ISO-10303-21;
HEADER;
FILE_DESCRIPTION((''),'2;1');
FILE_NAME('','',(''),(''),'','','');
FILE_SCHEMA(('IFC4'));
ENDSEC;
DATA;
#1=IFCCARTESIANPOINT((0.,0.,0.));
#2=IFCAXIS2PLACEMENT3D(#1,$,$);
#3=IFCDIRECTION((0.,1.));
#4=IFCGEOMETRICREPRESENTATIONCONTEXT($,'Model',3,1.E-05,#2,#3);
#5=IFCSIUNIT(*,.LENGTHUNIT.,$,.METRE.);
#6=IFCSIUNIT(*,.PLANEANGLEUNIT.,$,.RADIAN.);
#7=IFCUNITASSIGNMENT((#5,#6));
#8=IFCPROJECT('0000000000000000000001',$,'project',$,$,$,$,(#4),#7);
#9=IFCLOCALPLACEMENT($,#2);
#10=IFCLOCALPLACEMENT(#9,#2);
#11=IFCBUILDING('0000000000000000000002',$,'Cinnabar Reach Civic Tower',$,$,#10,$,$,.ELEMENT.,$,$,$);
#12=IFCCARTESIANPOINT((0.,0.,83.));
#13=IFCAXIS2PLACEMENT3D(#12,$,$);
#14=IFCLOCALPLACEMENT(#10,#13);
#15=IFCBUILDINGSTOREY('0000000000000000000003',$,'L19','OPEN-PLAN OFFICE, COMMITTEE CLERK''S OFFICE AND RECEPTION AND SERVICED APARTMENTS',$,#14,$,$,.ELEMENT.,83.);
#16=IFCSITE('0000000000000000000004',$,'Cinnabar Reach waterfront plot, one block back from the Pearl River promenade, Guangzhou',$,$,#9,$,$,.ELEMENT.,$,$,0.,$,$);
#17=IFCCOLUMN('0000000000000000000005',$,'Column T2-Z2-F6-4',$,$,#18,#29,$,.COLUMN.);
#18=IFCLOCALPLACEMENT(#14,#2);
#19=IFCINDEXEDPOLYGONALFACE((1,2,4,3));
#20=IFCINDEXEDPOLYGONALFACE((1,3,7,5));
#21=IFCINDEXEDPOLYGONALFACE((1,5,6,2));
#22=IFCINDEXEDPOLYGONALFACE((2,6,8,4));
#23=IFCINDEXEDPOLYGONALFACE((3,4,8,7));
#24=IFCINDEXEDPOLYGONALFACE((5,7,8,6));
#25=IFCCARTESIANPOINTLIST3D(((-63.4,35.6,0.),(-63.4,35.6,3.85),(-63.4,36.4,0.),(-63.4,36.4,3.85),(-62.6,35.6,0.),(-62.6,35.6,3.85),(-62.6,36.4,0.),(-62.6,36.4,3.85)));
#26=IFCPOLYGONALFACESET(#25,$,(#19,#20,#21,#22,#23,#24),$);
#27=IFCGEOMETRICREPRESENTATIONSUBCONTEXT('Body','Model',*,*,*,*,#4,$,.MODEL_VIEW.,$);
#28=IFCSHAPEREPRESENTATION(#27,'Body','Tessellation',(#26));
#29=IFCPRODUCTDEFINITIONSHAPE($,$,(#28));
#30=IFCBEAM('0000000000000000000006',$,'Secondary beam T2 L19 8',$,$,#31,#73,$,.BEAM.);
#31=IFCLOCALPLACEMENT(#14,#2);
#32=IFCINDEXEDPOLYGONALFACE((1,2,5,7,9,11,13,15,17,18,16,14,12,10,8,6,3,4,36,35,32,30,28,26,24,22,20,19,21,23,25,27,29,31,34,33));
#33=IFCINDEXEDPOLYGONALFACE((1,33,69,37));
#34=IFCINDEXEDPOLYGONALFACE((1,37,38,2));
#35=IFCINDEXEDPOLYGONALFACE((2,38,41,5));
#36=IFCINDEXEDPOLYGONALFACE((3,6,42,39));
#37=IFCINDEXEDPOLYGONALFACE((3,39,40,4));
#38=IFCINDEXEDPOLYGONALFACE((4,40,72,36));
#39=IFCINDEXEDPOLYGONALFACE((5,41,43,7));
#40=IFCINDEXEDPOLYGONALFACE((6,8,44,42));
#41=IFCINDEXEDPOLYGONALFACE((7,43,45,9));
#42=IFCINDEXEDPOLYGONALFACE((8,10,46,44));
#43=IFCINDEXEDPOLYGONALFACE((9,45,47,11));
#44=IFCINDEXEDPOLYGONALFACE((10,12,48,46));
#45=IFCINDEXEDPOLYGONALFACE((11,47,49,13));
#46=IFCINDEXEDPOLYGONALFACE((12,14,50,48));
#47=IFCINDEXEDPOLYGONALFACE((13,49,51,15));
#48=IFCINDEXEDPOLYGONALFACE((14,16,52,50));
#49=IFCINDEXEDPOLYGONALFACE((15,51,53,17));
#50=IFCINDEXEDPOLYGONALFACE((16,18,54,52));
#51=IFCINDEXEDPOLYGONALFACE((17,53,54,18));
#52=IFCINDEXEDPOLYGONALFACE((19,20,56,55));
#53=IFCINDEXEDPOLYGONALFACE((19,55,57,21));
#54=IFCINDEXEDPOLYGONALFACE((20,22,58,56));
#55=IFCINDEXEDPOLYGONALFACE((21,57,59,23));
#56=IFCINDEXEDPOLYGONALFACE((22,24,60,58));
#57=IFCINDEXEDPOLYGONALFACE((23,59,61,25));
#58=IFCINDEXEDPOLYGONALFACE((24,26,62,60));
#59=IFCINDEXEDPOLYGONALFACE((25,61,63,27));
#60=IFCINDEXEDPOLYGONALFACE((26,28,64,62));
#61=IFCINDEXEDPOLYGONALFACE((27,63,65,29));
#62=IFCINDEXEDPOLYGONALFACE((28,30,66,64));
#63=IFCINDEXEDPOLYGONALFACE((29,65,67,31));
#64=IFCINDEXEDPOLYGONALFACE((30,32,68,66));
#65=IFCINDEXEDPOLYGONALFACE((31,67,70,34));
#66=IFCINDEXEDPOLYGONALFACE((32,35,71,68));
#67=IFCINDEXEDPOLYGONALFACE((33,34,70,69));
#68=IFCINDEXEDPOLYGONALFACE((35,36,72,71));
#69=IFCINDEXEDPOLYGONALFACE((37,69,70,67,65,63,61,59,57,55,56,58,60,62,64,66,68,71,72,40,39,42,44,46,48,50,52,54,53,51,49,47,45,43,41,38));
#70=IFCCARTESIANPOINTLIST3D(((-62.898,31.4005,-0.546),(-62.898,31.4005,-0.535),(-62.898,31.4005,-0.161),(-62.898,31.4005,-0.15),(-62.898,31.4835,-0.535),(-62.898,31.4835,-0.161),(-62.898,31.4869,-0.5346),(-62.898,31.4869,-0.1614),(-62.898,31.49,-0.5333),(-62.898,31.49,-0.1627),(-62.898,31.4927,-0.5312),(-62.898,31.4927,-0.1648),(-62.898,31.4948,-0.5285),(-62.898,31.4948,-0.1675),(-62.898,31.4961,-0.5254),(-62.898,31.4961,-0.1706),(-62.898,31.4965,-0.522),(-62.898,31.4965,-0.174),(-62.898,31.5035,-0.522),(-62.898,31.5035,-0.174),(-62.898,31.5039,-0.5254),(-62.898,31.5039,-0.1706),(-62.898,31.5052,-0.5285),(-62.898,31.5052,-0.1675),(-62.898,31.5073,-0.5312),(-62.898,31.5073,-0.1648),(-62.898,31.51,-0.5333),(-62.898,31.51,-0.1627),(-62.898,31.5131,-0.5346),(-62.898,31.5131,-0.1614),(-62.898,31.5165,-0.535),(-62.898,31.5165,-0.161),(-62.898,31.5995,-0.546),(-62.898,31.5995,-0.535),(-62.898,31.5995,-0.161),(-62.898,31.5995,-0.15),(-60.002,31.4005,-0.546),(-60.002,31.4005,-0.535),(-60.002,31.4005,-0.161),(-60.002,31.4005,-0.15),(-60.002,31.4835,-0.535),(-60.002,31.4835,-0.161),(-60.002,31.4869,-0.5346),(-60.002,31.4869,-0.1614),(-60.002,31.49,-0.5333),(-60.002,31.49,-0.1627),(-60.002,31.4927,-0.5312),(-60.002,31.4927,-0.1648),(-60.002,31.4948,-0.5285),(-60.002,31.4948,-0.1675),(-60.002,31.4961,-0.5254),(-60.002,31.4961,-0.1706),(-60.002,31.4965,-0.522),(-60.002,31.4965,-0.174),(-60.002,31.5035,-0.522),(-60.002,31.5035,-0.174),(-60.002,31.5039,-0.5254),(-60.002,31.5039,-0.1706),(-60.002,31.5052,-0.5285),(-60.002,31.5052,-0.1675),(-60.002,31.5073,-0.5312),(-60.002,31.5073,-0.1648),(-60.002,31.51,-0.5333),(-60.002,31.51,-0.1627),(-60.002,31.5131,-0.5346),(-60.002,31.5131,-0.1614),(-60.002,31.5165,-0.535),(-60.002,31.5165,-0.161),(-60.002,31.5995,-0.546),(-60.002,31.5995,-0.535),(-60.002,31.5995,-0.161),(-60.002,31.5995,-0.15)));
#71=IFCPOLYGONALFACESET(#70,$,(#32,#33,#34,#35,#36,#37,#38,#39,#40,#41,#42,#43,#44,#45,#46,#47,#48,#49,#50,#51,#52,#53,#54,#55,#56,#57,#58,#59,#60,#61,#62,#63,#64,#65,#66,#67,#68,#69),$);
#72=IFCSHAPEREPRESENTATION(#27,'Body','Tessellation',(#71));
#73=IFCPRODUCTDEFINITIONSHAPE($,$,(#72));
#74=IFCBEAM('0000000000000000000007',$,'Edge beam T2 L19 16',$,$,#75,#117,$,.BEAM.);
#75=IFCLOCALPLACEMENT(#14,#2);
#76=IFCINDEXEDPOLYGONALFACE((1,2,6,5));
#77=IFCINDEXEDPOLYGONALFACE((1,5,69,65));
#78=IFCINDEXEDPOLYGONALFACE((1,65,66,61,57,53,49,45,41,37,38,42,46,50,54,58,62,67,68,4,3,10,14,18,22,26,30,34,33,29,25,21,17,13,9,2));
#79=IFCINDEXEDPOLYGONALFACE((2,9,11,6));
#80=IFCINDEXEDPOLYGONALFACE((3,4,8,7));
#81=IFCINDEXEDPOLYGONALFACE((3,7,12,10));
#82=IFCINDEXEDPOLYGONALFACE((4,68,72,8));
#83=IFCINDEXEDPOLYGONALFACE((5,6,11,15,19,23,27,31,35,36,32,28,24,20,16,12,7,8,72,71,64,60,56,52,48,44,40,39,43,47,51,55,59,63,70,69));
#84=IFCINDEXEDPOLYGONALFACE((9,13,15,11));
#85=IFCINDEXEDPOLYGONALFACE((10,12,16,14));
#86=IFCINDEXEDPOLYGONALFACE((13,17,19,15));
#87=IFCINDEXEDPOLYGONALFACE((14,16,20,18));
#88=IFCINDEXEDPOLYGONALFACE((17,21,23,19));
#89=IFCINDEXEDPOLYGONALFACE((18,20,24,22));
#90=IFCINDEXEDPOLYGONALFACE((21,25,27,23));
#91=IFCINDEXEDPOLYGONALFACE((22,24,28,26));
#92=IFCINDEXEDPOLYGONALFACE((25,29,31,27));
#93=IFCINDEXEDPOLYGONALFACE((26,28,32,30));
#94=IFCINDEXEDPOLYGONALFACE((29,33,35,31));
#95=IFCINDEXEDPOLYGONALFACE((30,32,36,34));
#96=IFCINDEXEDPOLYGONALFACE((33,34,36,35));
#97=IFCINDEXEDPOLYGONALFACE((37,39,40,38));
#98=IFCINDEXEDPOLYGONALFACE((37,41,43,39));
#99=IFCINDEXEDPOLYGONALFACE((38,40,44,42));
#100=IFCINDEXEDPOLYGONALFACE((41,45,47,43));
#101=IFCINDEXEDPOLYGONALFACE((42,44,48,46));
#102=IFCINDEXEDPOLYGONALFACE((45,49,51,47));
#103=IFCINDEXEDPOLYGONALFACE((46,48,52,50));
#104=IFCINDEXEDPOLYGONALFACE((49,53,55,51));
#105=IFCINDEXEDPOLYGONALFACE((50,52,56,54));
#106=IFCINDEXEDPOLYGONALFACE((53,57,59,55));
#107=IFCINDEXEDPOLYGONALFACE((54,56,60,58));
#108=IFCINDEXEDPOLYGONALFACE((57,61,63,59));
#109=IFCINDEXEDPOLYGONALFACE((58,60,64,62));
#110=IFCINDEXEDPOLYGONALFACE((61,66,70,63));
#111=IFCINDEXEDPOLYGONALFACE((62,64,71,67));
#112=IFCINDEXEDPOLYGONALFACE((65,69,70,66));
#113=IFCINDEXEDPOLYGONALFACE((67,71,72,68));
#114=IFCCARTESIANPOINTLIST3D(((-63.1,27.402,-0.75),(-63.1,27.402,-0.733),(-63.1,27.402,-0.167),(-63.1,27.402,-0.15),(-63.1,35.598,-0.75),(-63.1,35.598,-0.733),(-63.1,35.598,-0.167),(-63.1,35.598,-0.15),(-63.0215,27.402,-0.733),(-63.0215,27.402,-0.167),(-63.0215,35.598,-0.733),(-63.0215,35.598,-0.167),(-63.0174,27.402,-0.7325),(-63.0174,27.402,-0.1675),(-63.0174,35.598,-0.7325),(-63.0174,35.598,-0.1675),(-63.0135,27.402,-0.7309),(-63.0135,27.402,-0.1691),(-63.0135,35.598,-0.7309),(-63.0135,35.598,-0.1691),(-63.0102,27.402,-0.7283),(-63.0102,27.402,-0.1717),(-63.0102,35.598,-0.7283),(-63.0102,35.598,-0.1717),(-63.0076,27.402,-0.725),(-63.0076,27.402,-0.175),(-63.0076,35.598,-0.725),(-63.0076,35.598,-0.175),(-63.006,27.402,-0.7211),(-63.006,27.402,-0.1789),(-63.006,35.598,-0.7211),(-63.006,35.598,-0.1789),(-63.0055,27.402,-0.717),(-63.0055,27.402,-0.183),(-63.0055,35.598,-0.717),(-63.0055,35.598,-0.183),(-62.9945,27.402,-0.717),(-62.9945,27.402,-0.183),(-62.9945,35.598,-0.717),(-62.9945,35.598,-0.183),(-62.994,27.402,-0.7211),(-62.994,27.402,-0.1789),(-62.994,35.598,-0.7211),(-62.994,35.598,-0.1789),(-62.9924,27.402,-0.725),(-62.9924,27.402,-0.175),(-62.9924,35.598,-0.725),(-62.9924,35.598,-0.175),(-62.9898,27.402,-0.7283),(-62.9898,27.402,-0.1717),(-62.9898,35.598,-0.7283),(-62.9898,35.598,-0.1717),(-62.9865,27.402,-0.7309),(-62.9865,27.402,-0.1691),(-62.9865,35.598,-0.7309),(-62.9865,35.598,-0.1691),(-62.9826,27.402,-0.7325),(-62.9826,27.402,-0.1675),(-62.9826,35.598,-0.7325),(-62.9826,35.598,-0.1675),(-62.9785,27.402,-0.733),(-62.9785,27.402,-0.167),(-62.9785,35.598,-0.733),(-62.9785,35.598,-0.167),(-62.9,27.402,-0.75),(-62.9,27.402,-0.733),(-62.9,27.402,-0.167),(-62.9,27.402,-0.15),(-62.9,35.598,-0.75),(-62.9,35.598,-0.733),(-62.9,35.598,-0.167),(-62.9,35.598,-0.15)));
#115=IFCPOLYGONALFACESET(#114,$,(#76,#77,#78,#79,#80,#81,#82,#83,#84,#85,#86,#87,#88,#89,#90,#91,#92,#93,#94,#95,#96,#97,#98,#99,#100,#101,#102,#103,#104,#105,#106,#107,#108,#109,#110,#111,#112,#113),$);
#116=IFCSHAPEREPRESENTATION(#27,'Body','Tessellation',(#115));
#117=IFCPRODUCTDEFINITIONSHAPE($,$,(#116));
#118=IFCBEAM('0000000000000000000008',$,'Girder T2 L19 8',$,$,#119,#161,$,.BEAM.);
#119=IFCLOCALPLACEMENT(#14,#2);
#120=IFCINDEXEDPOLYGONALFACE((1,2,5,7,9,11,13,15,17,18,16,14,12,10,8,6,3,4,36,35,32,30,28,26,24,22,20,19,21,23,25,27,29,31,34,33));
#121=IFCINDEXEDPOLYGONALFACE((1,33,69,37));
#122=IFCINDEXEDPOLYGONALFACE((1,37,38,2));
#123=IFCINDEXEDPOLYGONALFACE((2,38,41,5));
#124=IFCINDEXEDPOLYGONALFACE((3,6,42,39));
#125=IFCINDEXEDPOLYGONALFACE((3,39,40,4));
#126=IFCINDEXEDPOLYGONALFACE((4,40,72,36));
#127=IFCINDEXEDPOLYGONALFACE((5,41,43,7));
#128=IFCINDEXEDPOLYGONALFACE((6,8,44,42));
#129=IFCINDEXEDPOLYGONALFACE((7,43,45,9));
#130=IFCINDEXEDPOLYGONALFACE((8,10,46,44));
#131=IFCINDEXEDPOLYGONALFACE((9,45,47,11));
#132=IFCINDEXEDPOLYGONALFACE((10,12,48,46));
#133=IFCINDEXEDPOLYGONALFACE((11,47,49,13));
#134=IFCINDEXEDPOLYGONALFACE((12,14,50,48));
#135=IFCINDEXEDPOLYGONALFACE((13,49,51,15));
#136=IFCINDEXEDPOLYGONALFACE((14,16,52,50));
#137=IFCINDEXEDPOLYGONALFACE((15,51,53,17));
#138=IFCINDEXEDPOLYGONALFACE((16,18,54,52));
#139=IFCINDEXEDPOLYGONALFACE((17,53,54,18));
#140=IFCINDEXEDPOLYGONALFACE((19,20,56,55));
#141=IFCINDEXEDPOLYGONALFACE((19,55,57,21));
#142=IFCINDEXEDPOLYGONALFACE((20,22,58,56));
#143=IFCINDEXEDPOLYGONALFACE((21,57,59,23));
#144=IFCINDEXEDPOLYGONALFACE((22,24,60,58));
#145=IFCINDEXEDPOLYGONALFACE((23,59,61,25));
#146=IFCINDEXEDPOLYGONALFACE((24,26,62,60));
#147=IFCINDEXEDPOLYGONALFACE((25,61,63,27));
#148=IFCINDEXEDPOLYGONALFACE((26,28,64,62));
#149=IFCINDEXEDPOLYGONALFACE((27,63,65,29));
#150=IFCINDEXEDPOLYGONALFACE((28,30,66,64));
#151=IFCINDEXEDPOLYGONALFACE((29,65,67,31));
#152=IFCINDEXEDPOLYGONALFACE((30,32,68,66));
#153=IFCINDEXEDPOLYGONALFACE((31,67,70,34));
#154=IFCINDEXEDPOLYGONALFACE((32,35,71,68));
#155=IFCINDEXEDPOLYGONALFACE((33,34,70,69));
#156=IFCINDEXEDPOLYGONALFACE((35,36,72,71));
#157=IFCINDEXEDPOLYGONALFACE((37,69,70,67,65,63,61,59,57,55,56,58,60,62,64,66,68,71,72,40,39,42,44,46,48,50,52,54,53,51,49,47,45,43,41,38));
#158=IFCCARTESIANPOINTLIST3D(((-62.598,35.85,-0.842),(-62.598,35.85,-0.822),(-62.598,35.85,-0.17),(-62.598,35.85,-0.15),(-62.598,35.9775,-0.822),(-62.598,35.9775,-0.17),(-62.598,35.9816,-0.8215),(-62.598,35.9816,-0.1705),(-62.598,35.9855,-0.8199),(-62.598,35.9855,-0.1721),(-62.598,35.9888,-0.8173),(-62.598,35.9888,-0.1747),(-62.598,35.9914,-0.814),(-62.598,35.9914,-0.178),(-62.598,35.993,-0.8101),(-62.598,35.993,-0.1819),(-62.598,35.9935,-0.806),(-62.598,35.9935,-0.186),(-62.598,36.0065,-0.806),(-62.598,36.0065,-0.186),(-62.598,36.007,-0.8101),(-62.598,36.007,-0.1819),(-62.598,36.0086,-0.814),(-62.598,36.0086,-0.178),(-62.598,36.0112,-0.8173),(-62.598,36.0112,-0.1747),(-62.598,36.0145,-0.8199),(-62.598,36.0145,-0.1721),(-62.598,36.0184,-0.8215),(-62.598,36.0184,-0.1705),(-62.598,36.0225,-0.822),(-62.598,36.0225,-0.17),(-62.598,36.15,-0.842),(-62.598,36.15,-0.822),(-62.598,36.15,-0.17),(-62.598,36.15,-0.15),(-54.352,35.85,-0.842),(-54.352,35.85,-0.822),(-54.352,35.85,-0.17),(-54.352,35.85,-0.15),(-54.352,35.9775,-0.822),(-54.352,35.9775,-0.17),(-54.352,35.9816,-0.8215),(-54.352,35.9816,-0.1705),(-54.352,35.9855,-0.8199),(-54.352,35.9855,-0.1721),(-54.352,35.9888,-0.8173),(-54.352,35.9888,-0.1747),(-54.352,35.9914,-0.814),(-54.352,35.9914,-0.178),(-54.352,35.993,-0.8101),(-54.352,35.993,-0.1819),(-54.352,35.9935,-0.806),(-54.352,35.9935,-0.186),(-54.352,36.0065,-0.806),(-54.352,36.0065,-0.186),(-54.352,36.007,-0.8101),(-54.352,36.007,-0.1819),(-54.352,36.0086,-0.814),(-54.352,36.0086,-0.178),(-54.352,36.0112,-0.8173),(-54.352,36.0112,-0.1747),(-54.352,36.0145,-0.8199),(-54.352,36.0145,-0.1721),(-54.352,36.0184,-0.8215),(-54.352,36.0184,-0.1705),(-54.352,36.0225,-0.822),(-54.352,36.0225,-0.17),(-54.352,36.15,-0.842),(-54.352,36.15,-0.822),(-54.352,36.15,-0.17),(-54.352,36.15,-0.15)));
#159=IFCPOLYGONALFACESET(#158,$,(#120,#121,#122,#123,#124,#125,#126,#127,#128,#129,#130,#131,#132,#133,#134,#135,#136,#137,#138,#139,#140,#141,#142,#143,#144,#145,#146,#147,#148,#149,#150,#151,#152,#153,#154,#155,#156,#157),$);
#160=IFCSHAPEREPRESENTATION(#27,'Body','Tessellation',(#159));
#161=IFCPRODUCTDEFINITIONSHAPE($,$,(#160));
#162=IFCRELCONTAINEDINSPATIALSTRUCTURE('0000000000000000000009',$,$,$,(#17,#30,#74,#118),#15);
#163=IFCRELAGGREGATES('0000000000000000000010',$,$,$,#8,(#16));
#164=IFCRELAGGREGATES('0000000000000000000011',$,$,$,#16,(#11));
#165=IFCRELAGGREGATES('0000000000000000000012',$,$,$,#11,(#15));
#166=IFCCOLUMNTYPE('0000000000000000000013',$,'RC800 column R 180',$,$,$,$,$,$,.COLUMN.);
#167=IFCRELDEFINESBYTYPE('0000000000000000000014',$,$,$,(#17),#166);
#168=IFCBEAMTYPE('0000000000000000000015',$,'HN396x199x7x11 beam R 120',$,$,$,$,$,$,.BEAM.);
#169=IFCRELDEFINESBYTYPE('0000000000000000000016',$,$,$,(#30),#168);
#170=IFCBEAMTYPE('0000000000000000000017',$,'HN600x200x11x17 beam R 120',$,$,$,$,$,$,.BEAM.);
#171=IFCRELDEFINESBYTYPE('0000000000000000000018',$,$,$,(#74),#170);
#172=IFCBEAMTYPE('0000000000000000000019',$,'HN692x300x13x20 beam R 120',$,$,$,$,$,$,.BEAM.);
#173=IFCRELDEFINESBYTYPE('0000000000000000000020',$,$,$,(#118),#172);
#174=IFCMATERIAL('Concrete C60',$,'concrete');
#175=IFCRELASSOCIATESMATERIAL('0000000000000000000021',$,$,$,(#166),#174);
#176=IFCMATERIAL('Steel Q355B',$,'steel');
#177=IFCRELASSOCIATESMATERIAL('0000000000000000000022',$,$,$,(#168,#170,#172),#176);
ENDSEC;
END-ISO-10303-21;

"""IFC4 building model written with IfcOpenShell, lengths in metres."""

from ifc_helpers import new_model, si_unit, direction, frame, origin, origin_2d, place, context, subcontext, project, spatial, rectangle, i_section, extrude, material, material_profile, profile_set, type_object, element, save


model = new_model("IFC4")

# Units and contexts
model_context = context("Model", 3, precision=1e-05, world=origin(), true_north=direction((0.0, 1.0)))
body_context = subcontext(model_context, "Body", "Model", "MODEL_VIEW")
ifc_project = project(units=[si_unit("LENGTHUNIT", "METRE"), si_unit("PLANEANGLEUNIT", "RADIAN")], contexts=[model_context])

# Site, building, storey
site_placement = place(None, origin())
site = spatial("IfcSite", under=ifc_project, at=site_placement, Name="Cinnabar Reach waterfront plot, one block back from the Pearl River promenade, Guangzhou", CompositionType="ELEMENT", RefElevation=0.0)
building_placement = place(site_placement, origin())
building = spatial("IfcBuilding", under=site, at=building_placement, Name="Cinnabar Reach Civic Tower", CompositionType="ELEMENT")
storey_placement = place(building_placement, frame((0.0, 0.0, 83.0)))
storey = spatial("IfcBuildingStorey", under=building, at=storey_placement, Name="L19", Description="OPEN-PLAN OFFICE, COMMITTEE CLERK'S OFFICE AND RECEPTION AND SERVICED APARTMENTS", CompositionType="ELEMENT", Elevation=83.0)

# Column
ifc_material_1 = material(Name="Concrete C60", Category="concrete")
ifc_material_profile_1 = material_profile(ifc_material_1, rectangle(XDim=0.8, YDim=0.8, at=origin_2d()), Name="RC800")
ifc_profile_set_1 = profile_set([ifc_material_profile_1], Name="Concrete C60")
column_type = type_object("IfcColumnType", Name="RC800 column R 180", PredefinedType="COLUMN", material=ifc_profile_set_1)
column_placement = place(storey_placement, frame((-63.0, 36.0, 0.0), z_axis=(0.0, 0.0, 1.0), x_axis=(1.0, 0.0, 0.0)))
element("IfcColumn", 1, at=column_placement, inside=storey, type_object=column_type, Name="Column T2-Z2-F6-4", PredefinedType="COLUMN", context=body_context, shape_type="SweptSolid", body=[
    extrude(rectangle(XDim=0.8, YDim=0.8, at=origin_2d()), origin(), (0.0, 0.0, 1.0), 3.85),
])

# Beams
ifc_material_2 = material(Name="Steel Q355B", Category="steel")
ifc_material_profile_2 = material_profile(ifc_material_2, i_section(OverallWidth=0.199, OverallDepth=0.396, WebThickness=0.007, FlangeThickness=0.011, FilletRadius=0.013, at=origin_2d()), Name="HN396x199x7x11")
ifc_profile_set_2 = profile_set([ifc_material_profile_2], Name="Steel Q355B")
beam_type_1 = type_object("IfcBeamType", Name="HN396x199x7x11 beam R 120", PredefinedType="BEAM", material=ifc_profile_set_2)
beam_1_placement = place(storey_placement, frame((-62.898, 31.5, -0.348), z_axis=(1.0, 0.0, 0.0), x_axis=(0.0, 1.0, 0.0)))
element("IfcBeam", 2, at=beam_1_placement, inside=storey, type_object=beam_type_1, Name="Secondary beam T2 L19 8", PredefinedType="BEAM", context=body_context, shape_type="SweptSolid", body=[
    extrude(i_section(OverallWidth=0.199, OverallDepth=0.396, WebThickness=0.007, FlangeThickness=0.011, FilletRadius=0.013, at=origin_2d()), origin(), (0.0, 0.0, 1.0), 2.896),
])
ifc_material_profile_3 = material_profile(ifc_material_2, i_section(OverallWidth=0.2, OverallDepth=0.6, WebThickness=0.011, FlangeThickness=0.017, FilletRadius=0.016, at=origin_2d()), Name="HN600x200x11x17")
ifc_profile_set_3 = profile_set([ifc_material_profile_3], Name="Steel Q355B")
beam_type_2 = type_object("IfcBeamType", Name="HN600x200x11x17 beam R 120", PredefinedType="BEAM", material=ifc_profile_set_3)
beam_2_placement = place(storey_placement, frame((-63.0, 35.598, -0.45), z_axis=(0.0, -1.0, 0.0), x_axis=(1.0, 0.0, 0.0)))
element("IfcBeam", 3, at=beam_2_placement, inside=storey, type_object=beam_type_2, Name="Edge beam T2 L19 16", PredefinedType="BEAM", context=body_context, shape_type="SweptSolid", body=[
    extrude(i_section(OverallWidth=0.2, OverallDepth=0.6, WebThickness=0.011, FlangeThickness=0.017, FilletRadius=0.016, at=origin_2d()), origin(), (0.0, 0.0, 1.0), 8.196),
])
ifc_material_profile_4 = material_profile(ifc_material_2, i_section(OverallWidth=0.3, OverallDepth=0.692, WebThickness=0.013, FlangeThickness=0.02, FilletRadius=0.016, at=origin_2d()), Name="HN692x300x13x20")
ifc_profile_set_4 = profile_set([ifc_material_profile_4], Name="Steel Q355B")
beam_type_3 = type_object("IfcBeamType", Name="HN692x300x13x20 beam R 120", PredefinedType="BEAM", material=ifc_profile_set_4)
beam_3_placement = place(storey_placement, frame((-62.598, 36.0, -0.496), z_axis=(1.0, 0.0, 0.0), x_axis=(0.0, 1.0, 0.0)))
element("IfcBeam", 4, at=beam_3_placement, inside=storey, type_object=beam_type_3, Name="Girder T2 L19 8", PredefinedType="BEAM", context=body_context, shape_type="SweptSolid", body=[
    extrude(i_section(OverallWidth=0.3, OverallDepth=0.692, WebThickness=0.013, FlangeThickness=0.02, FilletRadius=0.016, at=origin_2d()), origin(), (0.0, 0.0, 1.0), 8.246),
])

save(model, "model.ifc")
